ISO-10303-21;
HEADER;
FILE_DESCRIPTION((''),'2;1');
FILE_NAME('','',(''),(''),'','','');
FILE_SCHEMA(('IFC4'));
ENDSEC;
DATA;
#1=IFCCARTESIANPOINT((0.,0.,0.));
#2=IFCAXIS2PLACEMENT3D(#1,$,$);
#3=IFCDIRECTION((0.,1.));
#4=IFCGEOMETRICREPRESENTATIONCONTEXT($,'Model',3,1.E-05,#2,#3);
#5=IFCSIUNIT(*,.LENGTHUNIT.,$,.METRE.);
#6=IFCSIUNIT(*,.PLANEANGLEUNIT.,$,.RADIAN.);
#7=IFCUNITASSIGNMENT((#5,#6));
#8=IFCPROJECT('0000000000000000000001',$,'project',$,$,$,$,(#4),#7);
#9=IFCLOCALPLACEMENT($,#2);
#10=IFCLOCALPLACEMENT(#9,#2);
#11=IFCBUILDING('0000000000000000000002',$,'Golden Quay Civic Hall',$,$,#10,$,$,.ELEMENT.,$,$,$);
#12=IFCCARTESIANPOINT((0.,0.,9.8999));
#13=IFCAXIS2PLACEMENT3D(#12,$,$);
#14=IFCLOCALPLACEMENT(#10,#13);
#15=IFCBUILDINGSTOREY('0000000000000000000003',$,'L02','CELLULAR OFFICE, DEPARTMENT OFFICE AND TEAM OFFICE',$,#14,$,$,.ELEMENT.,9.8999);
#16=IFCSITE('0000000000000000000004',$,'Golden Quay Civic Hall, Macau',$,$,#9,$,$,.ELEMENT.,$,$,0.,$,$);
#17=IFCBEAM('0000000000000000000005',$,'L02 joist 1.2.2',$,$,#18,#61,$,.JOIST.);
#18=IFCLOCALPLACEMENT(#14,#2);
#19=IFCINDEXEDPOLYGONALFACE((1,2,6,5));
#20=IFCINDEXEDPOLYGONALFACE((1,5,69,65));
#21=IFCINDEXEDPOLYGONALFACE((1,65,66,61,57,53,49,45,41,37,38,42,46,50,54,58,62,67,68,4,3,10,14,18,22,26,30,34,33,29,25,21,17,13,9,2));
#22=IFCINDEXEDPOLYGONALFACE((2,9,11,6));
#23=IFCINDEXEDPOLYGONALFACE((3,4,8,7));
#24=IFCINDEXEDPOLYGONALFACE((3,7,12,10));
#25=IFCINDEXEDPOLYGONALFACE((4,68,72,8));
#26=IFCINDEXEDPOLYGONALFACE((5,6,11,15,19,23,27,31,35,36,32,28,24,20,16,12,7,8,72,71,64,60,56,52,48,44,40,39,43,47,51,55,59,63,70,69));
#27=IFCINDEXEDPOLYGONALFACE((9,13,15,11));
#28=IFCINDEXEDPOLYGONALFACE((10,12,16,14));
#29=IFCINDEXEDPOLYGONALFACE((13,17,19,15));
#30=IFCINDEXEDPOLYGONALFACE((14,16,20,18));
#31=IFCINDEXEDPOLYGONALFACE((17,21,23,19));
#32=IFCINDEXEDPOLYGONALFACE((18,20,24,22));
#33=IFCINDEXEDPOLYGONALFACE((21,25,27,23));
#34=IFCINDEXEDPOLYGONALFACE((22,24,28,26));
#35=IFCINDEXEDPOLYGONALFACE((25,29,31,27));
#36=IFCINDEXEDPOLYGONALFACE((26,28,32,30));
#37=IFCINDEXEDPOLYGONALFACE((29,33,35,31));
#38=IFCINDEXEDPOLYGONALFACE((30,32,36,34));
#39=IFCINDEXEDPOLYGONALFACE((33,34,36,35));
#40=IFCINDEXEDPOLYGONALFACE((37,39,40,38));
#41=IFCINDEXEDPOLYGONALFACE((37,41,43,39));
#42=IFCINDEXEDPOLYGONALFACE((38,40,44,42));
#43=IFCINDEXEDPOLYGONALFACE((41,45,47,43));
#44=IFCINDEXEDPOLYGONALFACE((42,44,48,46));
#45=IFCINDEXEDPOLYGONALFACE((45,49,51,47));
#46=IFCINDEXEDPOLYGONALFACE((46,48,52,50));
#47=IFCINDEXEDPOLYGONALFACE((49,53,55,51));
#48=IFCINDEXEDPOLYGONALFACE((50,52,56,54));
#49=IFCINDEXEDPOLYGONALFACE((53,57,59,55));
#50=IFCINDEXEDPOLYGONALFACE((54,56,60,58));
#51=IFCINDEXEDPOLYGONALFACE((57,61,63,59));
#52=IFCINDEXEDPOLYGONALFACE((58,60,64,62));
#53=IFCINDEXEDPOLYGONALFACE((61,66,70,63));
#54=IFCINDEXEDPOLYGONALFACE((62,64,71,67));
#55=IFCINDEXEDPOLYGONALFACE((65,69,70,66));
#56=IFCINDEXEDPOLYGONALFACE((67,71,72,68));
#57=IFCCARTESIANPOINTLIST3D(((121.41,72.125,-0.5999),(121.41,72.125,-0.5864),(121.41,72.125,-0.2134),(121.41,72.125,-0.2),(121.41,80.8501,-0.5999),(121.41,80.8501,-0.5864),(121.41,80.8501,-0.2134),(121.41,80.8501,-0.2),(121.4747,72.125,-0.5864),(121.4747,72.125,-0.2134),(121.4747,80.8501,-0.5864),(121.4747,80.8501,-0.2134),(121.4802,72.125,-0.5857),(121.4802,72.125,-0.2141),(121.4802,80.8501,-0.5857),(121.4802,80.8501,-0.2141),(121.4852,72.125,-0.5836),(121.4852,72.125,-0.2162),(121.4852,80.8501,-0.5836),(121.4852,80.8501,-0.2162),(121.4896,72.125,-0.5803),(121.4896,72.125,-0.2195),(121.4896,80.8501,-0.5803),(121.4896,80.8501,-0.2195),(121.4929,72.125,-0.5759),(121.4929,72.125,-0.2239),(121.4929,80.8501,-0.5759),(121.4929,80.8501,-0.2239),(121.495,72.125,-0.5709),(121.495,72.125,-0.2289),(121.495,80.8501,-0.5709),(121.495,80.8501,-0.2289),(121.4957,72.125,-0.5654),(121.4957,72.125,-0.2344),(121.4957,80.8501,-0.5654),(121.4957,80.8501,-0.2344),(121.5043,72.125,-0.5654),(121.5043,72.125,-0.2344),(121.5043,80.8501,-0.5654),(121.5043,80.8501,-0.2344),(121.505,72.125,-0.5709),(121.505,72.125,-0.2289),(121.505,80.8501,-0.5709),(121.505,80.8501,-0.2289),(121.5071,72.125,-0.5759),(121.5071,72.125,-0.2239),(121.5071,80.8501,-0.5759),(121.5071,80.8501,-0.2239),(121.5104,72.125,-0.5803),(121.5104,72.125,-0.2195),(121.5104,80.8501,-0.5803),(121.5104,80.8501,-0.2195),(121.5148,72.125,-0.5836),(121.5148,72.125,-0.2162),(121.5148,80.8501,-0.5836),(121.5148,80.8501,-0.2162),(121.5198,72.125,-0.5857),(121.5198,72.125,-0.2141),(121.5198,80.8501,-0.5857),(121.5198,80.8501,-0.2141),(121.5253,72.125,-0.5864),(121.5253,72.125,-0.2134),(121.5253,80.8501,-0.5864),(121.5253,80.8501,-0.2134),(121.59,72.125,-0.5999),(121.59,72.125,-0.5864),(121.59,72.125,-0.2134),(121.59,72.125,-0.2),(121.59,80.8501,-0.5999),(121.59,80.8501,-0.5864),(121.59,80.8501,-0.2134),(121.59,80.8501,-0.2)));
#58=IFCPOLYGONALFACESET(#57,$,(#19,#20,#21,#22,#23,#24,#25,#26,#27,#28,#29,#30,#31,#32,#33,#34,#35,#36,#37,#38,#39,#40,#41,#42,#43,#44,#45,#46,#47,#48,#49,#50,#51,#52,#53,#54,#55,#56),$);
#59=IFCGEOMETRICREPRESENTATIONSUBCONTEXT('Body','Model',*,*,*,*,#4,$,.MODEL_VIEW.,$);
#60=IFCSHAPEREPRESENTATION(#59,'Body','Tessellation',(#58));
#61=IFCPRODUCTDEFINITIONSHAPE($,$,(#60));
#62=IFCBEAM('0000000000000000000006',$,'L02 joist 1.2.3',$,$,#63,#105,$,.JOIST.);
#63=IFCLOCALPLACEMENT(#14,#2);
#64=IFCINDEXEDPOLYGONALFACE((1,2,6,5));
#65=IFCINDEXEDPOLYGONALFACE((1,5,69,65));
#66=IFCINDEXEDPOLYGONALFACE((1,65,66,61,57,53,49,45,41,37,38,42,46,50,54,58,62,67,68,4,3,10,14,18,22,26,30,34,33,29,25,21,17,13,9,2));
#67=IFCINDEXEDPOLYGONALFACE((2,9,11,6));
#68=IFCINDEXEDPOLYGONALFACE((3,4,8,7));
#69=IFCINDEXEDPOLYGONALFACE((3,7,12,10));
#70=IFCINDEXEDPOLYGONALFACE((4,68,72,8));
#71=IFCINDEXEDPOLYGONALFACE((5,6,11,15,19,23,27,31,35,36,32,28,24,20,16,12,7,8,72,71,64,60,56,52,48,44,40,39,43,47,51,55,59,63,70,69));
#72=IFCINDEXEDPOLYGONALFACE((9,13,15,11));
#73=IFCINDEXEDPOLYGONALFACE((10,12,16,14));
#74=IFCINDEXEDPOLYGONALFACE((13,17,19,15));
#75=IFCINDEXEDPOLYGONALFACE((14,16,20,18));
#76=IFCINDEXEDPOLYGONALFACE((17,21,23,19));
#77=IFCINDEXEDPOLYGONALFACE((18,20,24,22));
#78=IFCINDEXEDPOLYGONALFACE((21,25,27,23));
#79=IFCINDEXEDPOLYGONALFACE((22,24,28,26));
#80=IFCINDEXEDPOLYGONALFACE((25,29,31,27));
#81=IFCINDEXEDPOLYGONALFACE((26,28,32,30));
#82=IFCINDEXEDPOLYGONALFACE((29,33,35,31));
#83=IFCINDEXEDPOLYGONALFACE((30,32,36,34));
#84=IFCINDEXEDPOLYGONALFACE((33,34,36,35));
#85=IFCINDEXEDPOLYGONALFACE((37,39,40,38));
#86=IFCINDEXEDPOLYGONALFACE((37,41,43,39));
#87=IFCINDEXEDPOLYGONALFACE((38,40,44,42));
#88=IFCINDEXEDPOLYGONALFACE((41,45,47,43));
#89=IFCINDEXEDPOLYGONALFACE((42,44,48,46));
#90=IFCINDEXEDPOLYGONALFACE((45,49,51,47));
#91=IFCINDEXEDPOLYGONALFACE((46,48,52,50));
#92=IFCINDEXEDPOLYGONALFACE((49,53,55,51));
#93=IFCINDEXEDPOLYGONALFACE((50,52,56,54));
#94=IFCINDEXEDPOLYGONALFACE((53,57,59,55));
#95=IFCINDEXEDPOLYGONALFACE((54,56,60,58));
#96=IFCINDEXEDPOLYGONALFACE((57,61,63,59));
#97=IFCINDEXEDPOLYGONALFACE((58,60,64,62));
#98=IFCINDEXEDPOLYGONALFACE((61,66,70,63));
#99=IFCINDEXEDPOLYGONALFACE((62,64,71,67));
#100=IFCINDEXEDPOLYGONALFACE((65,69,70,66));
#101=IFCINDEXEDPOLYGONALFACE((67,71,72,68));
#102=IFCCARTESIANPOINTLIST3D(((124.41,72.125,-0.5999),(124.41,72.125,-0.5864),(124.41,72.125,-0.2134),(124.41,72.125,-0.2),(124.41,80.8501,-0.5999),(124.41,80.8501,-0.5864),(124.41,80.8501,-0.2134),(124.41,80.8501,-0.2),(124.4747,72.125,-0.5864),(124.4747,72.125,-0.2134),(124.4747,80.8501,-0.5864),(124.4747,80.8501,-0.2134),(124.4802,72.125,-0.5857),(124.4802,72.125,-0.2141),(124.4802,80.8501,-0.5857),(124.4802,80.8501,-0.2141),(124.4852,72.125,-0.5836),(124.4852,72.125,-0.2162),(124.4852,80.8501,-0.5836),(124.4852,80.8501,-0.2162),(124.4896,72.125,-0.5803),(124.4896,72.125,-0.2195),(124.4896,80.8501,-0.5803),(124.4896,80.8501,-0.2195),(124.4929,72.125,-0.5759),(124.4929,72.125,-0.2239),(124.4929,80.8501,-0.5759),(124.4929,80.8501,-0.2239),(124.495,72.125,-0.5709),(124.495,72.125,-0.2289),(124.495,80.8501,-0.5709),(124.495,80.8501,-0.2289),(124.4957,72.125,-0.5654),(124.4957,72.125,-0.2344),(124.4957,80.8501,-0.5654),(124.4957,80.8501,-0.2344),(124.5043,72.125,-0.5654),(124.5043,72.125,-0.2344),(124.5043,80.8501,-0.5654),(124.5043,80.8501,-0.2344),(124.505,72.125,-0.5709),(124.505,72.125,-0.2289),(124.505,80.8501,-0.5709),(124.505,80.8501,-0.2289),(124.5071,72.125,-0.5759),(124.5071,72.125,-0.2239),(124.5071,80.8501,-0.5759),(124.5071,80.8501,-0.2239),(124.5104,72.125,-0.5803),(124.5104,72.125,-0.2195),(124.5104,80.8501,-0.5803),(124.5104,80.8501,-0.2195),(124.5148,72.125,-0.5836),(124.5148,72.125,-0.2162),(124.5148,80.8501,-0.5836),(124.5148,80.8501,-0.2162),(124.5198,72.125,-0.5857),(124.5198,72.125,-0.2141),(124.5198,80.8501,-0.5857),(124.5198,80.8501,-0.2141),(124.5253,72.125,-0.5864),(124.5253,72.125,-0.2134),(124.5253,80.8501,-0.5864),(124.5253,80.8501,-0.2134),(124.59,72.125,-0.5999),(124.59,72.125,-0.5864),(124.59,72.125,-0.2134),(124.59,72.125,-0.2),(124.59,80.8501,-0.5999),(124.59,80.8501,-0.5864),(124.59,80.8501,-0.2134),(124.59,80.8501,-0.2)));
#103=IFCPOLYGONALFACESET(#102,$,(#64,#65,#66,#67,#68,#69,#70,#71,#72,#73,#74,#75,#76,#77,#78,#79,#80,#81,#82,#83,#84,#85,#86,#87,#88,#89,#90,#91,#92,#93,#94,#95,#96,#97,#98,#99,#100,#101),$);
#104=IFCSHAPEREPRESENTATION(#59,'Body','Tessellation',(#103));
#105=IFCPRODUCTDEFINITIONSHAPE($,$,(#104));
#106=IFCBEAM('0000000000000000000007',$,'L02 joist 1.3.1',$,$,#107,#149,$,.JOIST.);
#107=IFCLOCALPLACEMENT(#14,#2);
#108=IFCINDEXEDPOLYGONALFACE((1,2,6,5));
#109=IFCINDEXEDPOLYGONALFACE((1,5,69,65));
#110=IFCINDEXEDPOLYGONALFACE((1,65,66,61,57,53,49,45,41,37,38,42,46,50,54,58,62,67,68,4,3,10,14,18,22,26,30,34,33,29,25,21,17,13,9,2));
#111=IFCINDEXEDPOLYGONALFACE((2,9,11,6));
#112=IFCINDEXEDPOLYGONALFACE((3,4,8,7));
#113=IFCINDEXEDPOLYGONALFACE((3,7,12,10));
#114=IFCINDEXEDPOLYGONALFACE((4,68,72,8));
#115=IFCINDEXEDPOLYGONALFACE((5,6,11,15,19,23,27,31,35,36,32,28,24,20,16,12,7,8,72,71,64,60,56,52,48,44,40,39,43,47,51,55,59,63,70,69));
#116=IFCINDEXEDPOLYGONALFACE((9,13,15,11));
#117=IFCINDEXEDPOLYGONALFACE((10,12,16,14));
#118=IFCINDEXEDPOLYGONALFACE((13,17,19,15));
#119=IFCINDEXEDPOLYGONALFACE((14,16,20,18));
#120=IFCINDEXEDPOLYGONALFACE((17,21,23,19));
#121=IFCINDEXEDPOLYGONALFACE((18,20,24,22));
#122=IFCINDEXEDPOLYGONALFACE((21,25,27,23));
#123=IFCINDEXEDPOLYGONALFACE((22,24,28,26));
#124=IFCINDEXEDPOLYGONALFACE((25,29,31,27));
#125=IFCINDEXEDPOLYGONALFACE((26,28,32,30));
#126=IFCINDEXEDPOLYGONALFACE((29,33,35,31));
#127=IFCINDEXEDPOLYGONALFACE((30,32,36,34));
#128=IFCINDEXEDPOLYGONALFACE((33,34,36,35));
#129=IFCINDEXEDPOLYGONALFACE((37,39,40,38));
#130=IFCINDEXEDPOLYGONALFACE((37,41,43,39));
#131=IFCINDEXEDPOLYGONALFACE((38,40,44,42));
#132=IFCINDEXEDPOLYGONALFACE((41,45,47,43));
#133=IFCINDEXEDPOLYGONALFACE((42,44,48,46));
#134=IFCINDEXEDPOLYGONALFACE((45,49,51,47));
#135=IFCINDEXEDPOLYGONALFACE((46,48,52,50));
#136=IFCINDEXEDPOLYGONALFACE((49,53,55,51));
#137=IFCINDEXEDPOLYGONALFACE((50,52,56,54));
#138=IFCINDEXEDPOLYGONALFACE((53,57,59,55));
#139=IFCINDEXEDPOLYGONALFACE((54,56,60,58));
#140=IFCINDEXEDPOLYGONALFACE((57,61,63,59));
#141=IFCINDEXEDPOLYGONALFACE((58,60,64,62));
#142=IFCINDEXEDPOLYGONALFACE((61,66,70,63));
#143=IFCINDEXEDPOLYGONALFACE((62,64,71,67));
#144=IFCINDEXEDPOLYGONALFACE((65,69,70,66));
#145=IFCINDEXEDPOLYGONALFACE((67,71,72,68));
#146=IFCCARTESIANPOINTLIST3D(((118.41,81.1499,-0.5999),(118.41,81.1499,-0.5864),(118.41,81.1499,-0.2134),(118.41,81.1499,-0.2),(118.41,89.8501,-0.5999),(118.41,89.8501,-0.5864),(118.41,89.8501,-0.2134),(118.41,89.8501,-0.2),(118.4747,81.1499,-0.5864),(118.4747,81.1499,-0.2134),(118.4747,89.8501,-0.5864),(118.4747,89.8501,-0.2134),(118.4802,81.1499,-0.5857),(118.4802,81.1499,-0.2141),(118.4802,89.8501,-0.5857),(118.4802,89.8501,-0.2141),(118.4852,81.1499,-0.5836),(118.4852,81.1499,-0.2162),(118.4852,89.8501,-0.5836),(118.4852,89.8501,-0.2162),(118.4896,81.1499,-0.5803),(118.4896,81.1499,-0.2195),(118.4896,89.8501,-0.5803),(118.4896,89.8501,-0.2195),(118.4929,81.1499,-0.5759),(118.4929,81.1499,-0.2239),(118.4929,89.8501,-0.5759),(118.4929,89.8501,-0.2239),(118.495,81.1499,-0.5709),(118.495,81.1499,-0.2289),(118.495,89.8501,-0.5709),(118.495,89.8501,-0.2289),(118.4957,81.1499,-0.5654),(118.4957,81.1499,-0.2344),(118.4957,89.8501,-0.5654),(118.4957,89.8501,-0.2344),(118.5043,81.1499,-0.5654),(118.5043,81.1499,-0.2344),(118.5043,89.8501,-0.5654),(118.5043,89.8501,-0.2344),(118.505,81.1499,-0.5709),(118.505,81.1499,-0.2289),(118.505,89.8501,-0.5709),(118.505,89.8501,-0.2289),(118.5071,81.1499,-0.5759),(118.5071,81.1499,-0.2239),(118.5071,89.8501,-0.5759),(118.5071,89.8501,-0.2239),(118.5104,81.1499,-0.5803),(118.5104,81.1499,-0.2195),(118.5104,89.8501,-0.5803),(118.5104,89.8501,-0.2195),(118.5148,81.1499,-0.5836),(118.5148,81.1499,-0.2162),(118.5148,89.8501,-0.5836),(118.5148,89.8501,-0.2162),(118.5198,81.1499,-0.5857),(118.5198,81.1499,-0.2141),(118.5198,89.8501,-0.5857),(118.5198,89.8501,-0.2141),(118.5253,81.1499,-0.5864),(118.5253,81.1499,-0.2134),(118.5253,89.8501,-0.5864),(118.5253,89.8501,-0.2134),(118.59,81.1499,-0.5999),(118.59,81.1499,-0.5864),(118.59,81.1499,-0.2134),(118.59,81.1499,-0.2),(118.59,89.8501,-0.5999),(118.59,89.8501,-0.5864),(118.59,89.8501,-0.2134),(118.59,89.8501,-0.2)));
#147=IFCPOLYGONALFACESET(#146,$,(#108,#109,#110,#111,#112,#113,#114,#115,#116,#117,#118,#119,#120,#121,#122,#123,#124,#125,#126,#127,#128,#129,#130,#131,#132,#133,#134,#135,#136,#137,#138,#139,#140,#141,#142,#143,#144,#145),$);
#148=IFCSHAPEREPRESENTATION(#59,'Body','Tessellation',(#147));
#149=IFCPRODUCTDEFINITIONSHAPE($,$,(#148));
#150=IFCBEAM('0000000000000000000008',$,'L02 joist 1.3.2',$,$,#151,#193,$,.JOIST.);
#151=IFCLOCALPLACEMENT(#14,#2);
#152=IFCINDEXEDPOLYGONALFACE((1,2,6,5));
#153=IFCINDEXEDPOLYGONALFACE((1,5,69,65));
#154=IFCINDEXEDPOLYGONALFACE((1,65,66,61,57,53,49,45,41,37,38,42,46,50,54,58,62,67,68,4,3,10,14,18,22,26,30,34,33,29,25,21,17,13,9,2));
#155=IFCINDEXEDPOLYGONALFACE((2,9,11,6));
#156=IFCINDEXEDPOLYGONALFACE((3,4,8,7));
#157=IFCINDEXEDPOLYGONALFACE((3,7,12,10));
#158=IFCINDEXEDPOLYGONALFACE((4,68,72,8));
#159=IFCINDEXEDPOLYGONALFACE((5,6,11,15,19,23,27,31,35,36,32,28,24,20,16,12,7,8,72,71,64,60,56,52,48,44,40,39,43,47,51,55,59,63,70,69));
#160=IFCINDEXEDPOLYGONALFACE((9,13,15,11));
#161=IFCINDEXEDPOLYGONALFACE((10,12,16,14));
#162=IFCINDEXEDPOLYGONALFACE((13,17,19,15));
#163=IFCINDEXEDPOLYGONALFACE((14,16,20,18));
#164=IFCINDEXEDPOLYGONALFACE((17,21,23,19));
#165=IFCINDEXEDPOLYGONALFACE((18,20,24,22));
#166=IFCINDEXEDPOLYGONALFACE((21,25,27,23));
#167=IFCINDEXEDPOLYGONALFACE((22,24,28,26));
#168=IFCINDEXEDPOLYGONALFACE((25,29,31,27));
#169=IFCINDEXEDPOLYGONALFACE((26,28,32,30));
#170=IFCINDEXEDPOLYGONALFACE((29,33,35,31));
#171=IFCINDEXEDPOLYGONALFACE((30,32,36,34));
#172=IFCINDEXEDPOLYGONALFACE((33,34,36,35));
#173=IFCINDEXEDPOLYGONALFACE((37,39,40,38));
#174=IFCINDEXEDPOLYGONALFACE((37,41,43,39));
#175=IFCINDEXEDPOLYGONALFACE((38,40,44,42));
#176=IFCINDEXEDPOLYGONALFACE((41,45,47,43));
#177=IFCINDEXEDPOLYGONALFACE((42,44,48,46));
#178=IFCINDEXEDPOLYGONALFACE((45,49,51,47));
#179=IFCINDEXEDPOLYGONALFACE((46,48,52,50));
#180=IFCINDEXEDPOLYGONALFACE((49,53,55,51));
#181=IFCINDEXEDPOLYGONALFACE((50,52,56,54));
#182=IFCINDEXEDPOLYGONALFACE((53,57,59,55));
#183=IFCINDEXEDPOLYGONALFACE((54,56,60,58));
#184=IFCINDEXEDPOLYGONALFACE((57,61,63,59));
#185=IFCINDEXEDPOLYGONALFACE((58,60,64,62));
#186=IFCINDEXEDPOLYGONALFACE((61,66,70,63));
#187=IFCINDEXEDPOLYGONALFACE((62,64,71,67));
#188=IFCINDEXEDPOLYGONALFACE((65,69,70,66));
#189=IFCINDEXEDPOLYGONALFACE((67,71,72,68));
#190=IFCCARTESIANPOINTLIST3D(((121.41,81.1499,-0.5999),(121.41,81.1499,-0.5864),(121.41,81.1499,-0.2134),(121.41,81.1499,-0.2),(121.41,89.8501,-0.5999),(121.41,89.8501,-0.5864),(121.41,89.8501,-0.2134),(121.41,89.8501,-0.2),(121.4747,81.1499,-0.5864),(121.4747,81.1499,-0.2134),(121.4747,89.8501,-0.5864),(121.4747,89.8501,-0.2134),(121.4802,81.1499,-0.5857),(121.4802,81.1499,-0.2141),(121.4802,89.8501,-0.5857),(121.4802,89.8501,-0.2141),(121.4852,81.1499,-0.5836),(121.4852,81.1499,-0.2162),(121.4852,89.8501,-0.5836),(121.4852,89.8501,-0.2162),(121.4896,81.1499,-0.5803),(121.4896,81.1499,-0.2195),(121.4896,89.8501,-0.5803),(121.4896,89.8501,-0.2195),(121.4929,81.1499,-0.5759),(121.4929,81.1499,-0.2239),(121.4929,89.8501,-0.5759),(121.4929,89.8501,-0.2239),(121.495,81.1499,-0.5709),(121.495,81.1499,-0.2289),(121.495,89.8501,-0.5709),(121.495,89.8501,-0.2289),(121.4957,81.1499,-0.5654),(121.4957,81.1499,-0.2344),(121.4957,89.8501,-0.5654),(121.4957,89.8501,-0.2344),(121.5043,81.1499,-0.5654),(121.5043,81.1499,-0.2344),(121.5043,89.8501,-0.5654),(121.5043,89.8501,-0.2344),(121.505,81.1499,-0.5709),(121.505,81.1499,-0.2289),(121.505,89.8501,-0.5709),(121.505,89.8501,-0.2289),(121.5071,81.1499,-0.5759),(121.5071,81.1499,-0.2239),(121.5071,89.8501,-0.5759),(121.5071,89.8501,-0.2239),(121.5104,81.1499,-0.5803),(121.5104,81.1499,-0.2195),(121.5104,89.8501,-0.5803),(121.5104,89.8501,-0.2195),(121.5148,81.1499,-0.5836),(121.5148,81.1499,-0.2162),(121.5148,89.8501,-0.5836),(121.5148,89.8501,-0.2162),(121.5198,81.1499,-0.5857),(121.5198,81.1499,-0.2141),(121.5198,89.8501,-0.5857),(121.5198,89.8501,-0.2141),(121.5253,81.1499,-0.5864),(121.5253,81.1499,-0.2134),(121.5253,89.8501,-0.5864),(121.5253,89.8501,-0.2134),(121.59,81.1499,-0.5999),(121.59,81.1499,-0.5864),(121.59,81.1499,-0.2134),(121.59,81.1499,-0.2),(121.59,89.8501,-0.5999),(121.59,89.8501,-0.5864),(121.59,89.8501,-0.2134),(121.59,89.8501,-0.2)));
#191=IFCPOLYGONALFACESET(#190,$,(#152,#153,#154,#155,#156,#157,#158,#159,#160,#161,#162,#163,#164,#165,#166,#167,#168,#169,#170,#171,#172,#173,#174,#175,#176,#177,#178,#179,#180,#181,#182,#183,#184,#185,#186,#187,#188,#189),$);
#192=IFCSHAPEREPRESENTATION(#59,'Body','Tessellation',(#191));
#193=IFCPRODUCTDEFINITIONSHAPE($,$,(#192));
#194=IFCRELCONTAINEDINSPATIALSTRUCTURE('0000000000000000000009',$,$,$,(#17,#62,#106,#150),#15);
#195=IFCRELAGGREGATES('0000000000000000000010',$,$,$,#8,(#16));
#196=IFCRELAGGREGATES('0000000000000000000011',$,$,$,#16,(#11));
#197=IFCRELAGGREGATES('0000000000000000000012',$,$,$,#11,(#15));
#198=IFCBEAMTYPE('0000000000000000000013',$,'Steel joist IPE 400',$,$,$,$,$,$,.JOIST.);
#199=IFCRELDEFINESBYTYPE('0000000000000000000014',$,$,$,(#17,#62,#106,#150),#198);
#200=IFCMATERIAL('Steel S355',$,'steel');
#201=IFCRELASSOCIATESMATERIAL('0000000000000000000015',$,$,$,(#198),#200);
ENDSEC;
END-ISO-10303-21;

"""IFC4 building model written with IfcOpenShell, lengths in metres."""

from ifc_helpers import new_model, si_unit, direction, frame, origin, origin_2d, place, context, subcontext, project, spatial, i_section, extrude, material, material_profile, profile_set, type_object, element, save


model = new_model("IFC4")

# Units and contexts
model_context = context("Model", 3, precision=1e-05, world=origin(), true_north=direction((0.0, 1.0)))
body_context = subcontext(model_context, "Body", "Model", "MODEL_VIEW")
ifc_project = project(units=[si_unit("LENGTHUNIT", "METRE"), si_unit("PLANEANGLEUNIT", "RADIAN")], contexts=[model_context])

# Site, building, storey
site_placement = place(None, origin())
site = spatial("IfcSite", under=ifc_project, at=site_placement, Name="Golden Quay Civic Hall, Macau", CompositionType="ELEMENT", RefElevation=0.0)
building_placement = place(site_placement, origin())
building = spatial("IfcBuilding", under=site, at=building_placement, Name="Golden Quay Civic Hall", CompositionType="ELEMENT")
storey_placement = place(building_placement, frame((0.0, 0.0, 9.8999)))
storey = spatial("IfcBuildingStorey", under=building, at=storey_placement, Name="L02", Description="CELLULAR OFFICE, DEPARTMENT OFFICE AND TEAM OFFICE", CompositionType="ELEMENT", Elevation=9.8999)

# Beams
ifc_material_1 = material(Name="Steel S355", Category="steel")
ifc_material_profile_1 = material_profile(ifc_material_1, i_section(OverallWidth=0.1799, OverallDepth=0.3999, WebThickness=0.0085, FlangeThickness=0.0134, FilletRadius=0.021, at=origin_2d()), Name="IPE 400")
ifc_profile_set_1 = profile_set([ifc_material_profile_1], Name="Steel S355")
beam_type_1 = type_object("IfcBeamType", Name="Steel joist IPE 400", PredefinedType="JOIST", material=ifc_profile_set_1)
for number, where, z_axis, x_axis, name in (
    (1, (121.5, 72.125, -0.3999), (0.0, 1.0, 0.0), (-1.0, 0.0, 0.0), "L02 joist 1.2.2"),
    (2, (124.5, 72.125, -0.3999), (0.0, 1.0, 0.0), (-1.0, 0.0, 0.0), "L02 joist 1.2.3"),
):
    element("IfcBeam", number, at=place(storey_placement, frame(where, z_axis=z_axis, x_axis=x_axis)), inside=storey, type_object=beam_type_1, Name=name, PredefinedType="JOIST", context=body_context, shape_type="SweptSolid", body=[
        extrude(i_section(OverallWidth=0.1799, OverallDepth=0.3999, WebThickness=0.0085, FlangeThickness=0.0134, FilletRadius=0.021, at=origin_2d()), origin(), (0.0, 0.0, 1.0), 8.7251),
    ])
for number, where, z_axis, x_axis, name in (
    (3, (118.5, 81.1499, -0.3999), (0.0, 1.0, 0.0), (-1.0, 0.0, 0.0), "L02 joist 1.3.1"),
    (4, (121.5, 81.1499, -0.3999), (0.0, 1.0, 0.0), (-1.0, 0.0, 0.0), "L02 joist 1.3.2"),
):
    element("IfcBeam", number, at=place(storey_placement, frame(where, z_axis=z_axis, x_axis=x_axis)), inside=storey, type_object=beam_type_1, Name=name, PredefinedType="JOIST", context=body_context, shape_type="SweptSolid", body=[
        extrude(i_section(OverallWidth=0.1799, OverallDepth=0.3999, WebThickness=0.0085, FlangeThickness=0.0134, FilletRadius=0.021, at=origin_2d()), origin(), (0.0, 0.0, 1.0), 8.7002),
    ])

save(model, "model.ifc")
